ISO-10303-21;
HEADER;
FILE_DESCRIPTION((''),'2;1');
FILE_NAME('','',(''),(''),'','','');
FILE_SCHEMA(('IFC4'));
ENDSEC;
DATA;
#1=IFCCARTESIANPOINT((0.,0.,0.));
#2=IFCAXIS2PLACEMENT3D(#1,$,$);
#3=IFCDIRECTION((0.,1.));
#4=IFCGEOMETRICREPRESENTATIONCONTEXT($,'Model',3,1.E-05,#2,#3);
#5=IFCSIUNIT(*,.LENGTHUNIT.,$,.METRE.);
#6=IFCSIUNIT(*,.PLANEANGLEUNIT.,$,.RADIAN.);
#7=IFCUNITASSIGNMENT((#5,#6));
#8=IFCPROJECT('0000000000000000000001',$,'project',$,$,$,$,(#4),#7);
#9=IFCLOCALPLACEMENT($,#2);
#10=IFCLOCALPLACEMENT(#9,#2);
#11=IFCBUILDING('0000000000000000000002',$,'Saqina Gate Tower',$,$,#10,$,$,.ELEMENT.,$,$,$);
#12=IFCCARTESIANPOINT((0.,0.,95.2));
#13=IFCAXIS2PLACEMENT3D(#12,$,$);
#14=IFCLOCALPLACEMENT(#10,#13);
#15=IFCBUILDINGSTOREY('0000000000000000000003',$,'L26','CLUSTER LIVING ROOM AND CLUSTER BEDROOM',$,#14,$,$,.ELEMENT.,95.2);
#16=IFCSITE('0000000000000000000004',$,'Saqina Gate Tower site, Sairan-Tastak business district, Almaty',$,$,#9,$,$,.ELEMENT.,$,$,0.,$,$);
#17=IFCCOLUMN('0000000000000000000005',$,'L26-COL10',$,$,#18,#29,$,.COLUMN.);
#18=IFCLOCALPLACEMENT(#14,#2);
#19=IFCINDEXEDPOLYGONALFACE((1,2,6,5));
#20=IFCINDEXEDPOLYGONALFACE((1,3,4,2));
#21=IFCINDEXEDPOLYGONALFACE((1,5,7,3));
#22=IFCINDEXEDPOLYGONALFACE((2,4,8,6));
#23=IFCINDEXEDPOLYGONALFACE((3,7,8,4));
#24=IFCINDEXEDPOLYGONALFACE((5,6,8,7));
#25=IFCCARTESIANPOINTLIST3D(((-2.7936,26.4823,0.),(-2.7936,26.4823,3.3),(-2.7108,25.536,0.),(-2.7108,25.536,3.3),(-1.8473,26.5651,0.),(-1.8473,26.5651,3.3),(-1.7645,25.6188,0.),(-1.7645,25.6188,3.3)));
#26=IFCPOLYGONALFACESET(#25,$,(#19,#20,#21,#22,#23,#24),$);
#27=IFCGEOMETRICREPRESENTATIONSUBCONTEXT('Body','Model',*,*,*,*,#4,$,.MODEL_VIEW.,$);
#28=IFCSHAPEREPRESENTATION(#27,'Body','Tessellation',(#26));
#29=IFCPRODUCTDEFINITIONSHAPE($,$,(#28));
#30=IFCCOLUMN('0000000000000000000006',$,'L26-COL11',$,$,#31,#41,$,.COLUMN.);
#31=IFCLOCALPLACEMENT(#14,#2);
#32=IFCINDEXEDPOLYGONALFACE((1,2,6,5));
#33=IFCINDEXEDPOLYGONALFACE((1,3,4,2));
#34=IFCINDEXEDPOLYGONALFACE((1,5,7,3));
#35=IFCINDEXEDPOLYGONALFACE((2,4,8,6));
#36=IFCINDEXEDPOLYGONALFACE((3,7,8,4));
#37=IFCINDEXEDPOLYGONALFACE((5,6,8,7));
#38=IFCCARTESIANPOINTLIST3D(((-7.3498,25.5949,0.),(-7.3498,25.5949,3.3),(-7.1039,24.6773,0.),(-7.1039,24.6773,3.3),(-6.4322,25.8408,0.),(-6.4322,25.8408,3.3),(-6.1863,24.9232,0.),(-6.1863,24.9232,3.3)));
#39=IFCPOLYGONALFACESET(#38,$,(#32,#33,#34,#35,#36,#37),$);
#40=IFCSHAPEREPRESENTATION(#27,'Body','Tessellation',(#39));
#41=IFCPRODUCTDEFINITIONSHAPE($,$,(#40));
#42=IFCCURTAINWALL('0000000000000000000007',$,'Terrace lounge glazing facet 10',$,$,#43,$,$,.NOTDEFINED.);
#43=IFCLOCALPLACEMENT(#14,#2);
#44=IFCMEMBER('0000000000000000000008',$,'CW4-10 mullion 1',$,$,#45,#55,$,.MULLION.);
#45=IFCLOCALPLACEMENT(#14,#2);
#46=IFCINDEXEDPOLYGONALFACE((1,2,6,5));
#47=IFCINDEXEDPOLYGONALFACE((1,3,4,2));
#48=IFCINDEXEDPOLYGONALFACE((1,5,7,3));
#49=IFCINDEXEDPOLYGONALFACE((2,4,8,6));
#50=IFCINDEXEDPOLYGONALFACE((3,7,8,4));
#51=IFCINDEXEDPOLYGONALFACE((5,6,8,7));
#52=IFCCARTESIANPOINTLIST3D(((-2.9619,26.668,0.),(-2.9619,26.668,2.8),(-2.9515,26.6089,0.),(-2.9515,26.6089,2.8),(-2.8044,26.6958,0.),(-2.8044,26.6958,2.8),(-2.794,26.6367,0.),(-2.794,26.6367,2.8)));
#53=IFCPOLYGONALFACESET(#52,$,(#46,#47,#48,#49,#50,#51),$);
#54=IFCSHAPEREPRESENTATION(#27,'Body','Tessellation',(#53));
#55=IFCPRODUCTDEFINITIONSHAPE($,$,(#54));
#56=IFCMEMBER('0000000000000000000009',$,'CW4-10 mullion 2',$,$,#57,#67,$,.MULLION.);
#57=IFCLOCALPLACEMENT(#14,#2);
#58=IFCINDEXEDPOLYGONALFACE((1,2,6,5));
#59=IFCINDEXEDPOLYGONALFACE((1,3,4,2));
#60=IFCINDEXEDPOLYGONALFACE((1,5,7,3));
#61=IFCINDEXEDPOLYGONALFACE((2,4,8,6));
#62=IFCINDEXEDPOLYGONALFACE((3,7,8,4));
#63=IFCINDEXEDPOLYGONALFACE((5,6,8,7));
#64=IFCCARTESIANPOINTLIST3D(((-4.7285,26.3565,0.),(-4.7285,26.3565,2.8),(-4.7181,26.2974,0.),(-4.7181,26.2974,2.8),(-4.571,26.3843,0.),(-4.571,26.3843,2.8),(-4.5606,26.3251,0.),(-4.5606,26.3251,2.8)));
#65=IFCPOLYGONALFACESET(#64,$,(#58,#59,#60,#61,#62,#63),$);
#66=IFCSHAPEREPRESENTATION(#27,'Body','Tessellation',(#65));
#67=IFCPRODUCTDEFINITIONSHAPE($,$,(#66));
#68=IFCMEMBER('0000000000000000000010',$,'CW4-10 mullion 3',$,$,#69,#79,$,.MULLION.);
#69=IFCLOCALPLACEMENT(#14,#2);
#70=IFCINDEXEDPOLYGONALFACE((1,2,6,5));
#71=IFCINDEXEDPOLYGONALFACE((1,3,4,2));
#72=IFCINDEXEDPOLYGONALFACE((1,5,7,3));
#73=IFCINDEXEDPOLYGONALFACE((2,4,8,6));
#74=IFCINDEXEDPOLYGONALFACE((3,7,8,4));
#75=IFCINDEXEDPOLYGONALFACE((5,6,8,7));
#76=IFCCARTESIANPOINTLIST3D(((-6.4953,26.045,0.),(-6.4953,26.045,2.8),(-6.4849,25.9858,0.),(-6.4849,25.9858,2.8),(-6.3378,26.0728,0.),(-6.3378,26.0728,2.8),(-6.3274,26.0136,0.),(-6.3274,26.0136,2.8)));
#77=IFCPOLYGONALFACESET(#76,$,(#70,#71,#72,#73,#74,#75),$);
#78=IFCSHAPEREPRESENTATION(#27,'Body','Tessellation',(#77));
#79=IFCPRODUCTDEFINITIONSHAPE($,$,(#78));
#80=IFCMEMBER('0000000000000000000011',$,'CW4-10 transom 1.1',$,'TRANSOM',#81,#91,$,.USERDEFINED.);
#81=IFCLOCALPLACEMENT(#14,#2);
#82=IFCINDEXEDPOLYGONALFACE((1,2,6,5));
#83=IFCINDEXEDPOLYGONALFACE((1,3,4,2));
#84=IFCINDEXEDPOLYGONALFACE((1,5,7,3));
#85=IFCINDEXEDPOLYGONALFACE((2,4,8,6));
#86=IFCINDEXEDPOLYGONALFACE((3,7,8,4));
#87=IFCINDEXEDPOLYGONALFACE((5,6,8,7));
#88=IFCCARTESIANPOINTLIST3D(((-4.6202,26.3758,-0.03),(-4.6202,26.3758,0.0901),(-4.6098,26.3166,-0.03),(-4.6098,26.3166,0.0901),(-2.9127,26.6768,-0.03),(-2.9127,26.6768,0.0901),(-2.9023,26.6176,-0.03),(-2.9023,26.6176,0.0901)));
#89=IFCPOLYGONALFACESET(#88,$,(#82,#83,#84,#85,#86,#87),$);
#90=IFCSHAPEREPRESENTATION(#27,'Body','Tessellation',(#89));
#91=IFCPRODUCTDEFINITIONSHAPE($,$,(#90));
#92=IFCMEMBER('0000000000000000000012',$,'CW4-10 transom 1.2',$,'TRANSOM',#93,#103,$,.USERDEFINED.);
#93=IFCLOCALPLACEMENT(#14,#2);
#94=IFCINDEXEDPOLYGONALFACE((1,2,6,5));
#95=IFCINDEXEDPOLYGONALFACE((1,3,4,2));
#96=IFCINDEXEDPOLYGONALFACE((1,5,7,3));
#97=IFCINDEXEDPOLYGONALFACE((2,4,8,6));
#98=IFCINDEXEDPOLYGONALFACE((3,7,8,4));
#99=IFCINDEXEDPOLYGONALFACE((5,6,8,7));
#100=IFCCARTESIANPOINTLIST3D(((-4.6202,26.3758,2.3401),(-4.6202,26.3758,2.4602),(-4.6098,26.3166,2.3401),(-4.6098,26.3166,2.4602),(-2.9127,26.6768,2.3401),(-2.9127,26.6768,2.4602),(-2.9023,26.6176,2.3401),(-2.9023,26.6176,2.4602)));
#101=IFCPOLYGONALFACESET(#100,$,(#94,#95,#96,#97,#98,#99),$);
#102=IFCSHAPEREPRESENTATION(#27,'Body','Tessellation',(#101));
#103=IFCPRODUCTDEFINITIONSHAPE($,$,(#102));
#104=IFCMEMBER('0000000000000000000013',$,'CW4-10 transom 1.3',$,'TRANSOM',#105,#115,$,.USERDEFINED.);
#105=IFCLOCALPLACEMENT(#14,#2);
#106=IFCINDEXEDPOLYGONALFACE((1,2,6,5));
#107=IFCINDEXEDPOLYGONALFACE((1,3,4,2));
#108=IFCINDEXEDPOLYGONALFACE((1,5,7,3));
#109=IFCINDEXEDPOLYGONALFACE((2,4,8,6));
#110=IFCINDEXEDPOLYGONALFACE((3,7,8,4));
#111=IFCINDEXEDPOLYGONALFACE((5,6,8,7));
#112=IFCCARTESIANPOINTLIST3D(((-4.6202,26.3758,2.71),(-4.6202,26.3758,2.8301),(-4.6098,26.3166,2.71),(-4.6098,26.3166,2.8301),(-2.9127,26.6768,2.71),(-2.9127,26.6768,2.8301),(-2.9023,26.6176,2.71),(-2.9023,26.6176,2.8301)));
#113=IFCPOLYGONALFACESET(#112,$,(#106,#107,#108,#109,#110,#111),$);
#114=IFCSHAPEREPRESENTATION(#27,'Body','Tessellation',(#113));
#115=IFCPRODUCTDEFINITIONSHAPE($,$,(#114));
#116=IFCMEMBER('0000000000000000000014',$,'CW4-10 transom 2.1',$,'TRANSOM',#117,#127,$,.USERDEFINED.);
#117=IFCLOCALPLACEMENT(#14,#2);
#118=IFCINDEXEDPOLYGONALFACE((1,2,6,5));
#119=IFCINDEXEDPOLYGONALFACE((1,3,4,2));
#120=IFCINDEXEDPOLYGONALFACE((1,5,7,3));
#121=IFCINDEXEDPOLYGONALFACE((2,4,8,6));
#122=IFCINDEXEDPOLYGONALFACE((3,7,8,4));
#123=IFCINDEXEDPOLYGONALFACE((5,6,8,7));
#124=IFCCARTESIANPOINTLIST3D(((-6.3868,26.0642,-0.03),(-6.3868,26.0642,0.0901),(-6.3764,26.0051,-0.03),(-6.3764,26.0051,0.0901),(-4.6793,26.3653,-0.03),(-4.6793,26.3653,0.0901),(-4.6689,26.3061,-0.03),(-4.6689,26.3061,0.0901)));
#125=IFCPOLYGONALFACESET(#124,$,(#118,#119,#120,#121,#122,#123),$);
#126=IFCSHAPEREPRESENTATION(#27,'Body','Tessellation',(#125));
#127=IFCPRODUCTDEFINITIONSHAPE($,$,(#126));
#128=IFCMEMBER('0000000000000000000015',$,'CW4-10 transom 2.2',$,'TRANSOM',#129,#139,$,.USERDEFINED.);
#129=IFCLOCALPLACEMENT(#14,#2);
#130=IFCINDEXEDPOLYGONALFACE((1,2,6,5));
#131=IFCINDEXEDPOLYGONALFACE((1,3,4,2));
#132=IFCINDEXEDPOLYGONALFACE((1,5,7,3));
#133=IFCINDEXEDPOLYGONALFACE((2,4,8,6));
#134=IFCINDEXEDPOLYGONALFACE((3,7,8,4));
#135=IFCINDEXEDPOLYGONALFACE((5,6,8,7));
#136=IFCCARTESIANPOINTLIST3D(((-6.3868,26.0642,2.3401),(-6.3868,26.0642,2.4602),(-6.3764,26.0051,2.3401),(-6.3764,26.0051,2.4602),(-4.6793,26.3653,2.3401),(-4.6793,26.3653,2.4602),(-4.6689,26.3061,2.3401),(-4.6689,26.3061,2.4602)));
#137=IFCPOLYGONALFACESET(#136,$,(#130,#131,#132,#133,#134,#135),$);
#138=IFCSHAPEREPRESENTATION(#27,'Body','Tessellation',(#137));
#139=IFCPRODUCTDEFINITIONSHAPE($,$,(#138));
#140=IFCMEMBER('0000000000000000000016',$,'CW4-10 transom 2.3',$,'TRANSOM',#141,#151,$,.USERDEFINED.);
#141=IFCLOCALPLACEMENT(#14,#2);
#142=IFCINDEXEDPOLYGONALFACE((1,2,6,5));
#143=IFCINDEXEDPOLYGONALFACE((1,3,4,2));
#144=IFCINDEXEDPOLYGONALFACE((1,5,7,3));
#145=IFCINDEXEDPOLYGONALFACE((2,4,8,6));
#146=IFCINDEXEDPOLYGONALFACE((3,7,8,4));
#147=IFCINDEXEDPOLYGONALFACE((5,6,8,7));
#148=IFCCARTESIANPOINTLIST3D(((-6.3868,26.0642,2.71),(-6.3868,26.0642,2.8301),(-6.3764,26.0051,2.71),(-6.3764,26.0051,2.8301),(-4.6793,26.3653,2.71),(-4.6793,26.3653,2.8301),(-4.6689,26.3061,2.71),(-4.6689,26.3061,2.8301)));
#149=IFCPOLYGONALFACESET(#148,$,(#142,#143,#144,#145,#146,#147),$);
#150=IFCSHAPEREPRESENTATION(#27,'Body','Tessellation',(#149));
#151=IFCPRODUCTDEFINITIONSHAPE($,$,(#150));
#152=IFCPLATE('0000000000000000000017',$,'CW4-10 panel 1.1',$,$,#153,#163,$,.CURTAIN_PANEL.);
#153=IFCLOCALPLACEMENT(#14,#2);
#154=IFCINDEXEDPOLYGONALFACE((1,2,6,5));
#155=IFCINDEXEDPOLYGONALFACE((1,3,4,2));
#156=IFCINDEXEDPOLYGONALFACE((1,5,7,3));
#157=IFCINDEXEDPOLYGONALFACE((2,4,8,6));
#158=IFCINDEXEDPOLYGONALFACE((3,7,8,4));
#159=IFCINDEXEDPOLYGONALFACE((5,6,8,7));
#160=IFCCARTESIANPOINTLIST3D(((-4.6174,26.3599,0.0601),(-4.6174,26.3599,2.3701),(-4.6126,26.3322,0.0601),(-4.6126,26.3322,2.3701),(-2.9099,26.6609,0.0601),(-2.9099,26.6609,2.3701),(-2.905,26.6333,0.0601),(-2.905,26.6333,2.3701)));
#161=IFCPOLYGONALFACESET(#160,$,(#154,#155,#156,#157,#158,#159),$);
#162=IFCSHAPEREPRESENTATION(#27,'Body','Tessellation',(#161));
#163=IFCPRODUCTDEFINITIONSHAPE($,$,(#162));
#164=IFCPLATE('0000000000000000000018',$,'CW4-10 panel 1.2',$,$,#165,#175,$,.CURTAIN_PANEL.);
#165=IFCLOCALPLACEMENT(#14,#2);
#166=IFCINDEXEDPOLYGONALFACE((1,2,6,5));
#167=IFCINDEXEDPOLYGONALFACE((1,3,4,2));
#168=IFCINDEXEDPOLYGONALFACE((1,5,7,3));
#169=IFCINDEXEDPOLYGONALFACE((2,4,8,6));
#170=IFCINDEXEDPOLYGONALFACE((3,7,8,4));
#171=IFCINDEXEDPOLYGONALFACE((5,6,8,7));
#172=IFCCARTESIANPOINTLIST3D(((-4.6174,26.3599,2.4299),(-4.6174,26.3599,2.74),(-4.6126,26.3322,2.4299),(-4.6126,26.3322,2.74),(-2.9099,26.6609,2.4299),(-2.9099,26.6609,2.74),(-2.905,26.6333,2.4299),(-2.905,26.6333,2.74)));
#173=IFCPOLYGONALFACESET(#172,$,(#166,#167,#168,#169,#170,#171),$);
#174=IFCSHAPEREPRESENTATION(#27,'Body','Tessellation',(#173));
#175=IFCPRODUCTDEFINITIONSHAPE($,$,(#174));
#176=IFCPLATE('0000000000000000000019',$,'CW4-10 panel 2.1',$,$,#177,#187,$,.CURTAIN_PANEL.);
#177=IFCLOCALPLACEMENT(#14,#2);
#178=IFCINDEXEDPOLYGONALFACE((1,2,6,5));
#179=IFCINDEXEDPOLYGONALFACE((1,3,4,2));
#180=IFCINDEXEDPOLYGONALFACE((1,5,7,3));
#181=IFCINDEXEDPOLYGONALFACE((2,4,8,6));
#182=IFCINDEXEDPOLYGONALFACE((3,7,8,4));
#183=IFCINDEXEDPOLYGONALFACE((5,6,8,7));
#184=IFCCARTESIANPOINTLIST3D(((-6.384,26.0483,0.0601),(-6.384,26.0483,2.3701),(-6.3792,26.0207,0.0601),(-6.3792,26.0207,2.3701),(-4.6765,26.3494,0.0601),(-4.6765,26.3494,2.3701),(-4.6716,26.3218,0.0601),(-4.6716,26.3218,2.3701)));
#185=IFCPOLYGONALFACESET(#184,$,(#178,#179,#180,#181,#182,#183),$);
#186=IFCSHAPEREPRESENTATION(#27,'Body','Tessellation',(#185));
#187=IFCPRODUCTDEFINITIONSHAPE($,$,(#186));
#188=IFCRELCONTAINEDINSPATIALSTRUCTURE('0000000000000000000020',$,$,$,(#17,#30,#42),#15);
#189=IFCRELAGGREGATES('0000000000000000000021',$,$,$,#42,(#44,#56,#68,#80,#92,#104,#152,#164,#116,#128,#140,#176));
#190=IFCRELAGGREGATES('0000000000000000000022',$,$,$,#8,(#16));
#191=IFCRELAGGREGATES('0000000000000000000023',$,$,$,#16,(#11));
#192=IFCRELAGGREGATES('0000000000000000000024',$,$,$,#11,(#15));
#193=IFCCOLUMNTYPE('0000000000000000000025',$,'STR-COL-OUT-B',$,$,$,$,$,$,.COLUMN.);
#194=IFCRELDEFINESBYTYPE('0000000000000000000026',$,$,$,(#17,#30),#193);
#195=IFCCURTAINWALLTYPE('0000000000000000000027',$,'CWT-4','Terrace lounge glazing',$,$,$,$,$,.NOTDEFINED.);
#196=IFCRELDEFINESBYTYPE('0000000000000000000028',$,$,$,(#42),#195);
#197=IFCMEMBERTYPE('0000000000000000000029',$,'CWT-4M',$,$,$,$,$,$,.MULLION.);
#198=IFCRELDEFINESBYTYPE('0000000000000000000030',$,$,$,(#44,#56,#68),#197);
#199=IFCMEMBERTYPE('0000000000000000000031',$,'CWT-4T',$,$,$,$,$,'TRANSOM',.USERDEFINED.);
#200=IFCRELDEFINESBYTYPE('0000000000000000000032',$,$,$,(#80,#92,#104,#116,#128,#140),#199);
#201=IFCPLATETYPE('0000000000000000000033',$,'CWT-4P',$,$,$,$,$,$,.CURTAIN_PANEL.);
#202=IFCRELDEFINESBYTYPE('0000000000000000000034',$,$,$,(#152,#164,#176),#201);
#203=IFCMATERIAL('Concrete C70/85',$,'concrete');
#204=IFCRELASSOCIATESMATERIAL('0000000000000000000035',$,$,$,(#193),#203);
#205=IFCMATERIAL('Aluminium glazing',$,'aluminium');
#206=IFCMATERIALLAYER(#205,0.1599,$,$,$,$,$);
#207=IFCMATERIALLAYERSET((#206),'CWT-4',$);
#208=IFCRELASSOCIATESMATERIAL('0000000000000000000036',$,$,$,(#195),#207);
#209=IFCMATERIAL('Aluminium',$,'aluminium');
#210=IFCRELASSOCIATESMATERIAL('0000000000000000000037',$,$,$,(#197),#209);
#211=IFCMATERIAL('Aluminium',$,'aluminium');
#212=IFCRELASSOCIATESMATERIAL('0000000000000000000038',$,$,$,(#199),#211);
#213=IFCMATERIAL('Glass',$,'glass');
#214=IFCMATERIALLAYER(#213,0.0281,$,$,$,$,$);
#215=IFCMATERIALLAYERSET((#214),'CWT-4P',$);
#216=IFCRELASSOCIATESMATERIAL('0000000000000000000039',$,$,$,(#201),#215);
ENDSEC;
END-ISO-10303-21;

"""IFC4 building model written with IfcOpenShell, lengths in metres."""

from ifc_helpers import new_model, si_unit, direction, frame, origin, origin_2d, place, context, subcontext, project, spatial, rectangle, extrude, material, layer, layer_set, material_profile, profile_set, type_object, element, aggregate, save


model = new_model("IFC4")

# Units and contexts
model_context = context("Model", 3, precision=1e-05, world=origin(), true_north=direction((0.0, 1.0)))
body_context = subcontext(model_context, "Body", "Model", "MODEL_VIEW")
ifc_project = project(units=[si_unit("LENGTHUNIT", "METRE"), si_unit("PLANEANGLEUNIT", "RADIAN")], contexts=[model_context])

# Site, building, storey
site_placement = place(None, origin())
site = spatial("IfcSite", under=ifc_project, at=site_placement, Name="Saqina Gate Tower site, Sairan-Tastak business district, Almaty", CompositionType="ELEMENT", RefElevation=0.0)
building_placement = place(site_placement, origin())
building = spatial("IfcBuilding", under=site, at=building_placement, Name="Saqina Gate Tower", CompositionType="ELEMENT")
storey_placement = place(building_placement, frame((0.0, 0.0, 95.2)))
storey = spatial("IfcBuildingStorey", under=building, at=storey_placement, Name="L26", Description="CLUSTER LIVING ROOM AND CLUSTER BEDROOM", CompositionType="ELEMENT", Elevation=95.2)

# Columns
ifc_material_1 = material(Name="Concrete C70/85", Category="concrete")
ifc_material_profile_1 = material_profile(ifc_material_1, rectangle(XDim=0.95, YDim=0.95, at=origin_2d()), Name="RC 950x950")
ifc_profile_set_1 = profile_set([ifc_material_profile_1], Name="Concrete C70/85")
column_type = type_object("IfcColumnType", Name="STR-COL-OUT-B", PredefinedType="COLUMN", material=ifc_profile_set_1)
for number, where, z_axis, x_axis, name in (
    (1, (-2.2791, 26.0505, 0.0), (0.0, 0.0, 1.0), (-0.087156, 0.996195, 0.0), "L26-COL10"),
    (2, (-6.7681, 25.259, 0.0), (0.0, 0.0, 1.0), (-0.258819, 0.965926, 0.0), "L26-COL11"),
):
    element("IfcColumn", number, at=place(storey_placement, frame(where, z_axis=z_axis, x_axis=x_axis)), inside=storey, type_object=column_type, Name=name, PredefinedType="COLUMN", context=body_context, shape_type="SweptSolid", body=[
        extrude(rectangle(XDim=0.95, YDim=0.95, at=origin_2d()), origin(), (0.0, 0.0, 1.0), 3.3),
    ])

# Curtain wall, members, plates
ifc_material_2 = material(Name="Aluminium glazing", Category="aluminium")
ifc_layer_1 = layer(ifc_material_2, 0.1599)
ifc_layer_set_1 = layer_set([ifc_layer_1], Name="CWT-4")
curtain_wall_type = type_object("IfcCurtainWallType", Name="CWT-4", Description="Terrace lounge glazing", PredefinedType="NOTDEFINED", material=ifc_layer_set_1)
curtain_wall_placement = place(storey_placement, origin())
curtain_wall = element("IfcCurtainWall", 3, at=curtain_wall_placement, inside=storey, type_object=curtain_wall_type, Name="Terrace lounge glazing facet 10", PredefinedType="NOTDEFINED")
ifc_material_3 = material(Name="Aluminium", Category="aluminium")
ifc_material_profile_2 = material_profile(ifc_material_3, rectangle(XDim=0.0601, YDim=0.1599, at=origin_2d()), Name="Aluminium 60x160")
ifc_profile_set_2 = profile_set([ifc_material_profile_2], Name="Aluminium")
member_type_1 = type_object("IfcMemberType", Name="CWT-4M", PredefinedType="MULLION", material=ifc_profile_set_2)
member_1_placement = place(storey_placement, frame((-2.8779, 26.6523, 0.0), z_axis=(0.0, 0.0, 1.0), x_axis=(0.173638, -0.984809, 0.0)))
member_1 = element("IfcMember", 4, at=member_1_placement, type_object=member_type_1, Name="CW4-10 mullion 1", PredefinedType="MULLION", context=body_context, shape_type="SweptSolid", body=[
    extrude(rectangle(XDim=0.0601, YDim=0.1599, at=origin_2d()), origin(), (0.0, 0.0, 1.0), 2.8),
])
member_2_placement = place(storey_placement, frame((-4.6445, 26.3408, 0.0), z_axis=(0.0, 0.0, 1.0), x_axis=(0.173638, -0.984809, 0.0)))
member_2 = element("IfcMember", 5, at=member_2_placement, type_object=member_type_1, Name="CW4-10 mullion 2", PredefinedType="MULLION", context=body_context, shape_type="SweptSolid", body=[
    extrude(rectangle(XDim=0.0601, YDim=0.1599, at=origin_2d()), origin(), (0.0, 0.0, 1.0), 2.8),
])
member_3_placement = place(storey_placement, frame((-6.4114, 26.0293, 0.0), z_axis=(0.0, 0.0, 1.0), x_axis=(0.173638, -0.984809, 0.0)))
member_3 = element("IfcMember", 6, at=member_3_placement, type_object=member_type_1, Name="CW4-10 mullion 3", PredefinedType="MULLION", context=body_context, shape_type="SweptSolid", body=[
    extrude(rectangle(XDim=0.0601, YDim=0.1599, at=origin_2d()), origin(), (0.0, 0.0, 1.0), 2.8),
])
ifc_material_4 = material(Name="Aluminium", Category="aluminium")
ifc_material_profile_3 = material_profile(ifc_material_4, rectangle(XDim=0.0601, YDim=0.1201, at=origin_2d()), Name="Aluminium 60x120")
ifc_profile_set_3 = profile_set([ifc_material_profile_3], Name="Aluminium")
member_type_2 = type_object("IfcMemberType", Name="CWT-4T", ElementType="TRANSOM", PredefinedType="USERDEFINED", material=ifc_profile_set_3)
member_4_placement = place(storey_placement, frame((-2.9075, 26.6472, 0.03), z_axis=(-0.984813, -0.173617, 0.0), x_axis=(0.173617, -0.984813, 0.0)))
member_4 = element("IfcMember", 7, at=member_4_placement, type_object=member_type_2, Name="CW4-10 transom 1.1", ObjectType="TRANSOM", PredefinedType="USERDEFINED", context=body_context, shape_type="SweptSolid", body=[
    extrude(rectangle(XDim=0.0601, YDim=0.1201, at=origin_2d()), origin(), (0.0, 0.0, 1.0), 1.7339),
])
member_5_placement = place(storey_placement, frame((-2.9075, 26.6472, 2.4001), z_axis=(-0.984813, -0.173617, 0.0), x_axis=(0.173617, -0.984813, 0.0)))
member_5 = element("IfcMember", 8, at=member_5_placement, type_object=member_type_2, Name="CW4-10 transom 1.2", ObjectType="TRANSOM", PredefinedType="USERDEFINED", context=body_context, shape_type="SweptSolid", body=[
    extrude(rectangle(XDim=0.0601, YDim=0.1201, at=origin_2d()), origin(), (0.0, 0.0, 1.0), 1.7339),
])
member_6_placement = place(storey_placement, frame((-2.9075, 26.6472, 2.77), z_axis=(-0.984813, -0.173617, 0.0), x_axis=(0.173617, -0.984813, 0.0)))
member_6 = element("IfcMember", 9, at=member_6_placement, type_object=member_type_2, Name="CW4-10 transom 1.3", ObjectType="TRANSOM", PredefinedType="USERDEFINED", context=body_context, shape_type="SweptSolid", body=[
    extrude(rectangle(XDim=0.0601, YDim=0.1201, at=origin_2d()), origin(), (0.0, 0.0, 1.0), 1.7339),
])
member_7_placement = place(storey_placement, frame((-4.6741, 26.3357, 0.03), z_axis=(-0.984813, -0.173617, 0.0), x_axis=(0.173617, -0.984813, 0.0)))
member_7 = element("IfcMember", 10, at=member_7_placement, type_object=member_type_2, Name="CW4-10 transom 2.1", ObjectType="TRANSOM", PredefinedType="USERDEFINED", context=body_context, shape_type="SweptSolid", body=[
    extrude(rectangle(XDim=0.0601, YDim=0.1201, at=origin_2d()), origin(), (0.0, 0.0, 1.0), 1.7339),
])
member_8_placement = place(storey_placement, frame((-4.6741, 26.3357, 2.4001), z_axis=(-0.984813, -0.173617, 0.0), x_axis=(0.173617, -0.984813, 0.0)))
member_8 = element("IfcMember", 11, at=member_8_placement, type_object=member_type_2, Name="CW4-10 transom 2.2", ObjectType="TRANSOM", PredefinedType="USERDEFINED", context=body_context, shape_type="SweptSolid", body=[
    extrude(rectangle(XDim=0.0601, YDim=0.1201, at=origin_2d()), origin(), (0.0, 0.0, 1.0), 1.7339),
])
member_9_placement = place(storey_placement, frame((-4.6741, 26.3357, 2.77), z_axis=(-0.984813, -0.173617, 0.0), x_axis=(0.173617, -0.984813, 0.0)))
member_9 = element("IfcMember", 12, at=member_9_placement, type_object=member_type_2, Name="CW4-10 transom 2.3", ObjectType="TRANSOM", PredefinedType="USERDEFINED", context=body_context, shape_type="SweptSolid", body=[
    extrude(rectangle(XDim=0.0601, YDim=0.1201, at=origin_2d()), origin(), (0.0, 0.0, 1.0), 1.7339),
])
ifc_material_5 = material(Name="Glass", Category="glass")
ifc_layer_2 = layer(ifc_material_5, 0.0281)
ifc_layer_set_2 = layer_set([ifc_layer_2], Name="CWT-4P")
plate_type = type_object("IfcPlateType", Name="CWT-4P", PredefinedType="CURTAIN_PANEL", material=ifc_layer_set_2)
plate_1_placement = place(storey_placement, frame((-3.7612, 26.4966, 0.0601), z_axis=(0.0, 0.0, 1.0), x_axis=(-0.984809, -0.173638, 0.0)))
plate_1 = element("IfcPlate", 13, at=plate_1_placement, type_object=plate_type, Name="CW4-10 panel 1.1", PredefinedType="CURTAIN_PANEL", context=body_context, shape_type="SweptSolid", body=[
    extrude(rectangle(XDim=1.7339, YDim=0.0281, at=origin_2d()), origin(), (0.0, 0.0, 1.0), 2.3101),
])
plate_2_placement = place(storey_placement, frame((-3.7612, 26.4966, 2.4299), z_axis=(0.0, 0.0, 1.0), x_axis=(-0.984809, -0.173638, 0.0)))
plate_2 = element("IfcPlate", 14, at=plate_2_placement, type_object=plate_type, Name="CW4-10 panel 1.2", PredefinedType="CURTAIN_PANEL", context=body_context, shape_type="SweptSolid", body=[
    extrude(rectangle(XDim=1.7339, YDim=0.0281, at=origin_2d()), origin(), (0.0, 0.0, 1.0), 0.3101),
])
plate_3_placement = place(storey_placement, frame((-5.5278, 26.1851, 0.0601), z_axis=(0.0, 0.0, 1.0), x_axis=(-0.984809, -0.173638, 0.0)))
plate_3 = element("IfcPlate", 15, at=plate_3_placement, type_object=plate_type, Name="CW4-10 panel 2.1", PredefinedType="CURTAIN_PANEL", context=body_context, shape_type="SweptSolid", body=[
    extrude(rectangle(XDim=1.7339, YDim=0.0281, at=origin_2d()), origin(), (0.0, 0.0, 1.0), 2.3101),
])
aggregate(curtain_wall, [member_1, member_2, member_3, member_4, member_5, member_6, plate_1, plate_2, member_7, member_8, member_9, plate_3])

save(model, "model.ifc")
